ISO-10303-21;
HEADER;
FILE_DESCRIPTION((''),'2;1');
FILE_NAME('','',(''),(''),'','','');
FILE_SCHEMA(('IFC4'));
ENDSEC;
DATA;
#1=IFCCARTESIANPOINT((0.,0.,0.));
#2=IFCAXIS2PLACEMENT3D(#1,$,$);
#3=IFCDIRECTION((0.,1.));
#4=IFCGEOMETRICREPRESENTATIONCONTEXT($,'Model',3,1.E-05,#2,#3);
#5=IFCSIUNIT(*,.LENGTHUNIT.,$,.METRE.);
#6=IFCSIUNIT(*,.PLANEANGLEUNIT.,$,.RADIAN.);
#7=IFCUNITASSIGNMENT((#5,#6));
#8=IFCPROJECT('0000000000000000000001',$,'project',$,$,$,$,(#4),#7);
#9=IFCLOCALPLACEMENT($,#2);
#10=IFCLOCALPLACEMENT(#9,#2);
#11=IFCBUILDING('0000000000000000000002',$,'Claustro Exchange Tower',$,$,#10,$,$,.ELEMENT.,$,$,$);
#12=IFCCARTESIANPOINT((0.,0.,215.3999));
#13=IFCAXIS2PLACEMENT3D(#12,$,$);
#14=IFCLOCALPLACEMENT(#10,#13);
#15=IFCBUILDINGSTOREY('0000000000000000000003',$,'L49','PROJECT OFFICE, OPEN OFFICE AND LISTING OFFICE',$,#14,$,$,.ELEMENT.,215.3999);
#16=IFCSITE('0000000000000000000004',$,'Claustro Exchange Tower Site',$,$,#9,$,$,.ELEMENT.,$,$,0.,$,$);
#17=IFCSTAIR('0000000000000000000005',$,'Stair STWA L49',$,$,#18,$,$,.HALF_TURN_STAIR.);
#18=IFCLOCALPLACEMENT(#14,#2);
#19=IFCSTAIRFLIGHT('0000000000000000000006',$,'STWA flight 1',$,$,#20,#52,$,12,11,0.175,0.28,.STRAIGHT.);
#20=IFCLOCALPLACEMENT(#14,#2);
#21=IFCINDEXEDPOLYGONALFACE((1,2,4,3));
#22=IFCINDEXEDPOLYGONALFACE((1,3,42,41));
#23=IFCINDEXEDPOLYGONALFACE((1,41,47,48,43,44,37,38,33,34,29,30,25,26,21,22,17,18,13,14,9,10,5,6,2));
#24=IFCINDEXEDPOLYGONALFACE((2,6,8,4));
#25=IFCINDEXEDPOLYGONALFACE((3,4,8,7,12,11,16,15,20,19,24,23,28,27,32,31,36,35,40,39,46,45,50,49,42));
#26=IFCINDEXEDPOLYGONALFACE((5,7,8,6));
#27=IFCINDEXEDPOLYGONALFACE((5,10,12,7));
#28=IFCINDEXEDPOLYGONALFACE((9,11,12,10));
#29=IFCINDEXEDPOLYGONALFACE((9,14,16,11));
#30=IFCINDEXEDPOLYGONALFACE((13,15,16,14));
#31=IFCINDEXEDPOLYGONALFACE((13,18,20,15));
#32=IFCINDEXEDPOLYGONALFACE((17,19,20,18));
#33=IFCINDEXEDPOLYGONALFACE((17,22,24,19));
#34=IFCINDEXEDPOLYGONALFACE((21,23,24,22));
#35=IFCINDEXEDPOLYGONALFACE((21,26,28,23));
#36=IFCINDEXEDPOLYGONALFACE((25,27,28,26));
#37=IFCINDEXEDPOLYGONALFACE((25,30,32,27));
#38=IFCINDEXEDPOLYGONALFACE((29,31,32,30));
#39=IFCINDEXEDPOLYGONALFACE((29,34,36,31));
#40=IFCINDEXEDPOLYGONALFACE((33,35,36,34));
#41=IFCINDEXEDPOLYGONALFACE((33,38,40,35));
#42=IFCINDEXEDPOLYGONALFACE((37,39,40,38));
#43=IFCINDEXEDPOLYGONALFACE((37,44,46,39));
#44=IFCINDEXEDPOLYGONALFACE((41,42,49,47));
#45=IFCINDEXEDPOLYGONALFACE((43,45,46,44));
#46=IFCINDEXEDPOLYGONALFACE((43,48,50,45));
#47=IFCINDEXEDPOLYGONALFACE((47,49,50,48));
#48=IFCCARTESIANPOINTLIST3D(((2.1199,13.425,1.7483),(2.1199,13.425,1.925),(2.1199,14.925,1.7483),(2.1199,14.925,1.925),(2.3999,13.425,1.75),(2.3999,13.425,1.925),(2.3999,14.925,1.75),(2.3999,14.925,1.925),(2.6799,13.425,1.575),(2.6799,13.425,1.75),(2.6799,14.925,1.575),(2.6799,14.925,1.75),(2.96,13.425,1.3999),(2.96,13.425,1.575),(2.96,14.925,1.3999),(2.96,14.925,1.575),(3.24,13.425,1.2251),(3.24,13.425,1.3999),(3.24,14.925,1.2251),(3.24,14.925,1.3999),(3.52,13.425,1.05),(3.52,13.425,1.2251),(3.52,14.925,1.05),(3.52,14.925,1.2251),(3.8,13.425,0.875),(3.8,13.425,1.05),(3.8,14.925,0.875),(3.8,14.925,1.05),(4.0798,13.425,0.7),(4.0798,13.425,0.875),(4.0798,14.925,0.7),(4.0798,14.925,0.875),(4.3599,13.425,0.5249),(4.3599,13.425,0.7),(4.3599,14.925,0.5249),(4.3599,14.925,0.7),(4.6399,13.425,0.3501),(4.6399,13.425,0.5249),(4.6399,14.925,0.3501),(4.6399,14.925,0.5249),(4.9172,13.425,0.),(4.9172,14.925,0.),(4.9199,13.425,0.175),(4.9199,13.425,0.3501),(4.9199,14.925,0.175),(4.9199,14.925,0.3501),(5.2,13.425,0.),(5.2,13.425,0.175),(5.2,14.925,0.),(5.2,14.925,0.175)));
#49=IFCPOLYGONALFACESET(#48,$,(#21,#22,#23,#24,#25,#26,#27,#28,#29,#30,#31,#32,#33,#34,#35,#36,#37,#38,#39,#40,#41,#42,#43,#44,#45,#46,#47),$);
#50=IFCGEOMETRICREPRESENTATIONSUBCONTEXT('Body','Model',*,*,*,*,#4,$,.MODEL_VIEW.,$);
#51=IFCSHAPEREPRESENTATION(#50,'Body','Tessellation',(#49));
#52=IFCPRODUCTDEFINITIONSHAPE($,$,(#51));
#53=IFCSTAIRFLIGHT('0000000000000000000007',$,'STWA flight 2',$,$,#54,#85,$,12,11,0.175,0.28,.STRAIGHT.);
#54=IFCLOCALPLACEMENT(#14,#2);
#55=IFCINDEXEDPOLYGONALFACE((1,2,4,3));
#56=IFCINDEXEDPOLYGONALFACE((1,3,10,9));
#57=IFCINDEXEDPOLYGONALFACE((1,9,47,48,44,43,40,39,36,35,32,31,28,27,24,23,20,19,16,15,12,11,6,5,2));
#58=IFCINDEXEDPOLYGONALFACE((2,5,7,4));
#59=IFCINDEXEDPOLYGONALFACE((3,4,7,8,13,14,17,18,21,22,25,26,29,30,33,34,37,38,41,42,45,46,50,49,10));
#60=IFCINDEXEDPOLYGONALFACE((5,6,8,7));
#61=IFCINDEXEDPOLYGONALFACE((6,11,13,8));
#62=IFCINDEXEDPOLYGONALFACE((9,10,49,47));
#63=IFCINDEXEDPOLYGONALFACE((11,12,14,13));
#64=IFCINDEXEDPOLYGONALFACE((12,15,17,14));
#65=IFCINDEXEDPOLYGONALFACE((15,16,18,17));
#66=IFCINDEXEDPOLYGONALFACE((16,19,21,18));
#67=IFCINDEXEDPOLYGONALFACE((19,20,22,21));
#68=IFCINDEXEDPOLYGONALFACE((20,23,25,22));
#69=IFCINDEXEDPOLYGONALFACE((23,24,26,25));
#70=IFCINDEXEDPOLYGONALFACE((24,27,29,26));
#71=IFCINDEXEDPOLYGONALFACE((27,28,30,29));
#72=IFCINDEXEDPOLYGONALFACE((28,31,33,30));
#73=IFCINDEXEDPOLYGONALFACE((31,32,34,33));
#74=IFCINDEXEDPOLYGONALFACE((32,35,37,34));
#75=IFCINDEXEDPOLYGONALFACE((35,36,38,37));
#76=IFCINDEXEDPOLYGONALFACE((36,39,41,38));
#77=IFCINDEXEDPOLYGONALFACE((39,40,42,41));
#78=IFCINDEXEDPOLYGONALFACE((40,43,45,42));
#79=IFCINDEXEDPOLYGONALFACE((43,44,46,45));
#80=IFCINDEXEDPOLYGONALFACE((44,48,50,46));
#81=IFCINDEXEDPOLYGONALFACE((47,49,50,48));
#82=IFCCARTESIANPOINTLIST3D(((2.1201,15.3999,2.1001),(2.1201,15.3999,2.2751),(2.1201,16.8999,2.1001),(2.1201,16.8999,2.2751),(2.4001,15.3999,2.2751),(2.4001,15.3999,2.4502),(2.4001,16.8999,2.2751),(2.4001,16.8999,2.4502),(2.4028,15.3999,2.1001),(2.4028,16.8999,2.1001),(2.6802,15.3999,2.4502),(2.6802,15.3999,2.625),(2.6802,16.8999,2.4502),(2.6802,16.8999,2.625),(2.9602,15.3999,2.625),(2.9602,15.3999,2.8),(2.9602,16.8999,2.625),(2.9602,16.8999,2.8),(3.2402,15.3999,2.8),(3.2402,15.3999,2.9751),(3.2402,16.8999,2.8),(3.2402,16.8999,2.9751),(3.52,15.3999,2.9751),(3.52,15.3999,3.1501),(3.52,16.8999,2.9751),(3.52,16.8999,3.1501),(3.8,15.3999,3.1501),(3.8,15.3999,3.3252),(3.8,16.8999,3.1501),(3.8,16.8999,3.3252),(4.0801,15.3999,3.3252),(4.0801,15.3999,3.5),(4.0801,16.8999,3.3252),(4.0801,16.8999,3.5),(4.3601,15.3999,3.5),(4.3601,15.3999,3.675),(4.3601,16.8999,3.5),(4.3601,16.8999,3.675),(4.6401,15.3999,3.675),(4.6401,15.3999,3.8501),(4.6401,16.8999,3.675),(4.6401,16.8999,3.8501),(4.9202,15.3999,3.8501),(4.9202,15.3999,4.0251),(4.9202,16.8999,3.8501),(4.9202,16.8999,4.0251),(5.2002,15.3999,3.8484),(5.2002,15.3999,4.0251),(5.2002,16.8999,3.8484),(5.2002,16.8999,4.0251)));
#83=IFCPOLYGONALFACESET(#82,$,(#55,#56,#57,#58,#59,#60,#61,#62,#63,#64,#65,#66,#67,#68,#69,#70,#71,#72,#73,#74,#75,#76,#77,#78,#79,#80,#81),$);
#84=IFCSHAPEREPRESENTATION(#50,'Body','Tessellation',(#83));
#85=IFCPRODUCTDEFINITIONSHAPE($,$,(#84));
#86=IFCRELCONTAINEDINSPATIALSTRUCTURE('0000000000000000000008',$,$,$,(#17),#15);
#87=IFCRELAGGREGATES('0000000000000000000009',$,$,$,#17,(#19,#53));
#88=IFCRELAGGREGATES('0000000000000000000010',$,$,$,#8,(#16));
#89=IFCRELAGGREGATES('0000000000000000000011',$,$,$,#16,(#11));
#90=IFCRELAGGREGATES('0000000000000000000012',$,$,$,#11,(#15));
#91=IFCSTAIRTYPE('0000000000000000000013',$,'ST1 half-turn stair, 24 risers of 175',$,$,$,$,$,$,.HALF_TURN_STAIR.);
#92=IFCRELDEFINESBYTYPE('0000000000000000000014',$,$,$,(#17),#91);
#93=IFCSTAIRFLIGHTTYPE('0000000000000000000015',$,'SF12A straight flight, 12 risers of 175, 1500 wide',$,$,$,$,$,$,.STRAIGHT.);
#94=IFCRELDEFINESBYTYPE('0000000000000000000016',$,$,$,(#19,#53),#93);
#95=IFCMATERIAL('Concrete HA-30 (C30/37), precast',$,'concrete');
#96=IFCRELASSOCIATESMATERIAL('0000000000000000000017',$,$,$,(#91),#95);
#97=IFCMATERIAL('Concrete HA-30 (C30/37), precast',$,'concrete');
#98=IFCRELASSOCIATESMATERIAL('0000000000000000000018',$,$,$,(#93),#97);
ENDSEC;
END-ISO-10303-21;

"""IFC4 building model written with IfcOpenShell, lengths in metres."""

from ifc_helpers import new_model, si_unit, direction, frame, origin, place, context, subcontext, project, spatial, polyline, outline, extrude, material, type_object, element, aggregate, save


model = new_model("IFC4")

# Units and contexts
model_context = context("Model", 3, precision=1e-05, world=origin(), true_north=direction((0.0, 1.0)))
body_context = subcontext(model_context, "Body", "Model", "MODEL_VIEW")
ifc_project = project(units=[si_unit("LENGTHUNIT", "METRE"), si_unit("PLANEANGLEUNIT", "RADIAN")], contexts=[model_context])

# Site, building, storey
site_placement = place(None, origin())
site = spatial("IfcSite", under=ifc_project, at=site_placement, Name="Claustro Exchange Tower Site", CompositionType="ELEMENT", RefElevation=0.0)
building_placement = place(site_placement, origin())
building = spatial("IfcBuilding", under=site, at=building_placement, Name="Claustro Exchange Tower", CompositionType="ELEMENT")
storey_placement = place(building_placement, frame((0.0, 0.0, 215.3999)))
storey = spatial("IfcBuildingStorey", under=building, at=storey_placement, Name="L49", Description="PROJECT OFFICE, OPEN OFFICE AND LISTING OFFICE", CompositionType="ELEMENT", Elevation=215.3999)

# Stair, stair flights
ifc_material_1 = material(Name="Concrete HA-30 (C30/37), precast", Category="concrete")
stair_type = type_object("IfcStairType", Name="ST1 half-turn stair, 24 risers of 175", PredefinedType="HALF_TURN_STAIR", material=ifc_material_1)
stair_placement = place(storey_placement, origin())
stair = element("IfcStair", 1, at=stair_placement, inside=storey, type_object=stair_type, Name="Stair STWA L49", PredefinedType="HALF_TURN_STAIR")
ifc_material_2 = material(Name="Concrete HA-30 (C30/37), precast", Category="concrete")
stair_flight_type = type_object("IfcStairFlightType", Name="SF12A straight flight, 12 risers of 175, 1500 wide", PredefinedType="STRAIGHT", material=ifc_material_2)
stair_flight_1_placement = place(storey_placement, frame((5.2, 14.175, 0.0), z_axis=(0.0, 0.0, 1.0), x_axis=(-1.0, 0.0, 0.0)))
stair_flight_1 = element("IfcStairFlight", 2, at=stair_flight_1_placement, type_object=stair_flight_type, Name="STWA flight 1", NumberOfRisers=12, NumberOfTreads=11, PredefinedType="STRAIGHT", RiserHeight=0.175, TreadLength=0.28, context=body_context, shape_type="SweptSolid", body=[
    extrude(outline(polyline([(0.0, 0.0), (0.0, 0.175), (0.28, 0.175), (0.28, 0.3501), (0.5601, 0.3501), (0.5601, 0.5249), (0.8401, 0.5249), (0.8401, 0.7), (1.1201, 0.7), (1.1201, 0.875), (1.3999, 0.875), (1.3999, 1.05), (1.6799, 1.05), (1.6799, 1.2251), (1.96, 1.2251), (1.96, 1.3999), (2.24, 1.3999), (2.24, 1.575), (2.52, 1.575), (2.52, 1.75), (2.8, 1.75), (2.8, 1.925), (3.0801, 1.925), (3.0801, 2.1001), (3.0801, 1.7483), (0.2827, 0.0), (0.0, 0.0)])), frame((0.0, 0.75, 0.0), z_axis=(0.0, -1.0, 0.0), x_axis=(1.0, 0.0, 0.0)), (0.0, 0.0, 1.0), 1.5),
])
stair_flight_2_placement = place(storey_placement, frame((2.1201, 16.1499, 2.1001), z_axis=(0.0, 0.0, 1.0), x_axis=(1.0, 0.0, 0.0)))
stair_flight_2 = element("IfcStairFlight", 3, at=stair_flight_2_placement, type_object=stair_flight_type, Name="STWA flight 2", NumberOfRisers=12, NumberOfTreads=11, PredefinedType="STRAIGHT", RiserHeight=0.175, TreadLength=0.28, context=body_context, shape_type="SweptSolid", body=[
    extrude(outline(polyline([(0.0, 0.0), (0.0, 0.175), (0.28, 0.175), (0.28, 0.3501), (0.5601, 0.3501), (0.5601, 0.5249), (0.8401, 0.5249), (0.8401, 0.7), (1.1201, 0.7), (1.1201, 0.875), (1.3999, 0.875), (1.3999, 1.05), (1.6799, 1.05), (1.6799, 1.2251), (1.96, 1.2251), (1.96, 1.3999), (2.24, 1.3999), (2.24, 1.575), (2.52, 1.575), (2.52, 1.75), (2.8, 1.75), (2.8, 1.925), (3.0801, 1.925), (3.0801, 2.1001), (3.0801, 1.7483), (0.2827, 0.0), (0.0, 0.0)])), frame((0.0, 0.75, 0.0), z_axis=(0.0, -1.0, 0.0), x_axis=(1.0, 0.0, 0.0)), (0.0, 0.0, 1.0), 1.5),
])
aggregate(stair, [stair_flight_1, stair_flight_2])

save(model, "model.ifc")
